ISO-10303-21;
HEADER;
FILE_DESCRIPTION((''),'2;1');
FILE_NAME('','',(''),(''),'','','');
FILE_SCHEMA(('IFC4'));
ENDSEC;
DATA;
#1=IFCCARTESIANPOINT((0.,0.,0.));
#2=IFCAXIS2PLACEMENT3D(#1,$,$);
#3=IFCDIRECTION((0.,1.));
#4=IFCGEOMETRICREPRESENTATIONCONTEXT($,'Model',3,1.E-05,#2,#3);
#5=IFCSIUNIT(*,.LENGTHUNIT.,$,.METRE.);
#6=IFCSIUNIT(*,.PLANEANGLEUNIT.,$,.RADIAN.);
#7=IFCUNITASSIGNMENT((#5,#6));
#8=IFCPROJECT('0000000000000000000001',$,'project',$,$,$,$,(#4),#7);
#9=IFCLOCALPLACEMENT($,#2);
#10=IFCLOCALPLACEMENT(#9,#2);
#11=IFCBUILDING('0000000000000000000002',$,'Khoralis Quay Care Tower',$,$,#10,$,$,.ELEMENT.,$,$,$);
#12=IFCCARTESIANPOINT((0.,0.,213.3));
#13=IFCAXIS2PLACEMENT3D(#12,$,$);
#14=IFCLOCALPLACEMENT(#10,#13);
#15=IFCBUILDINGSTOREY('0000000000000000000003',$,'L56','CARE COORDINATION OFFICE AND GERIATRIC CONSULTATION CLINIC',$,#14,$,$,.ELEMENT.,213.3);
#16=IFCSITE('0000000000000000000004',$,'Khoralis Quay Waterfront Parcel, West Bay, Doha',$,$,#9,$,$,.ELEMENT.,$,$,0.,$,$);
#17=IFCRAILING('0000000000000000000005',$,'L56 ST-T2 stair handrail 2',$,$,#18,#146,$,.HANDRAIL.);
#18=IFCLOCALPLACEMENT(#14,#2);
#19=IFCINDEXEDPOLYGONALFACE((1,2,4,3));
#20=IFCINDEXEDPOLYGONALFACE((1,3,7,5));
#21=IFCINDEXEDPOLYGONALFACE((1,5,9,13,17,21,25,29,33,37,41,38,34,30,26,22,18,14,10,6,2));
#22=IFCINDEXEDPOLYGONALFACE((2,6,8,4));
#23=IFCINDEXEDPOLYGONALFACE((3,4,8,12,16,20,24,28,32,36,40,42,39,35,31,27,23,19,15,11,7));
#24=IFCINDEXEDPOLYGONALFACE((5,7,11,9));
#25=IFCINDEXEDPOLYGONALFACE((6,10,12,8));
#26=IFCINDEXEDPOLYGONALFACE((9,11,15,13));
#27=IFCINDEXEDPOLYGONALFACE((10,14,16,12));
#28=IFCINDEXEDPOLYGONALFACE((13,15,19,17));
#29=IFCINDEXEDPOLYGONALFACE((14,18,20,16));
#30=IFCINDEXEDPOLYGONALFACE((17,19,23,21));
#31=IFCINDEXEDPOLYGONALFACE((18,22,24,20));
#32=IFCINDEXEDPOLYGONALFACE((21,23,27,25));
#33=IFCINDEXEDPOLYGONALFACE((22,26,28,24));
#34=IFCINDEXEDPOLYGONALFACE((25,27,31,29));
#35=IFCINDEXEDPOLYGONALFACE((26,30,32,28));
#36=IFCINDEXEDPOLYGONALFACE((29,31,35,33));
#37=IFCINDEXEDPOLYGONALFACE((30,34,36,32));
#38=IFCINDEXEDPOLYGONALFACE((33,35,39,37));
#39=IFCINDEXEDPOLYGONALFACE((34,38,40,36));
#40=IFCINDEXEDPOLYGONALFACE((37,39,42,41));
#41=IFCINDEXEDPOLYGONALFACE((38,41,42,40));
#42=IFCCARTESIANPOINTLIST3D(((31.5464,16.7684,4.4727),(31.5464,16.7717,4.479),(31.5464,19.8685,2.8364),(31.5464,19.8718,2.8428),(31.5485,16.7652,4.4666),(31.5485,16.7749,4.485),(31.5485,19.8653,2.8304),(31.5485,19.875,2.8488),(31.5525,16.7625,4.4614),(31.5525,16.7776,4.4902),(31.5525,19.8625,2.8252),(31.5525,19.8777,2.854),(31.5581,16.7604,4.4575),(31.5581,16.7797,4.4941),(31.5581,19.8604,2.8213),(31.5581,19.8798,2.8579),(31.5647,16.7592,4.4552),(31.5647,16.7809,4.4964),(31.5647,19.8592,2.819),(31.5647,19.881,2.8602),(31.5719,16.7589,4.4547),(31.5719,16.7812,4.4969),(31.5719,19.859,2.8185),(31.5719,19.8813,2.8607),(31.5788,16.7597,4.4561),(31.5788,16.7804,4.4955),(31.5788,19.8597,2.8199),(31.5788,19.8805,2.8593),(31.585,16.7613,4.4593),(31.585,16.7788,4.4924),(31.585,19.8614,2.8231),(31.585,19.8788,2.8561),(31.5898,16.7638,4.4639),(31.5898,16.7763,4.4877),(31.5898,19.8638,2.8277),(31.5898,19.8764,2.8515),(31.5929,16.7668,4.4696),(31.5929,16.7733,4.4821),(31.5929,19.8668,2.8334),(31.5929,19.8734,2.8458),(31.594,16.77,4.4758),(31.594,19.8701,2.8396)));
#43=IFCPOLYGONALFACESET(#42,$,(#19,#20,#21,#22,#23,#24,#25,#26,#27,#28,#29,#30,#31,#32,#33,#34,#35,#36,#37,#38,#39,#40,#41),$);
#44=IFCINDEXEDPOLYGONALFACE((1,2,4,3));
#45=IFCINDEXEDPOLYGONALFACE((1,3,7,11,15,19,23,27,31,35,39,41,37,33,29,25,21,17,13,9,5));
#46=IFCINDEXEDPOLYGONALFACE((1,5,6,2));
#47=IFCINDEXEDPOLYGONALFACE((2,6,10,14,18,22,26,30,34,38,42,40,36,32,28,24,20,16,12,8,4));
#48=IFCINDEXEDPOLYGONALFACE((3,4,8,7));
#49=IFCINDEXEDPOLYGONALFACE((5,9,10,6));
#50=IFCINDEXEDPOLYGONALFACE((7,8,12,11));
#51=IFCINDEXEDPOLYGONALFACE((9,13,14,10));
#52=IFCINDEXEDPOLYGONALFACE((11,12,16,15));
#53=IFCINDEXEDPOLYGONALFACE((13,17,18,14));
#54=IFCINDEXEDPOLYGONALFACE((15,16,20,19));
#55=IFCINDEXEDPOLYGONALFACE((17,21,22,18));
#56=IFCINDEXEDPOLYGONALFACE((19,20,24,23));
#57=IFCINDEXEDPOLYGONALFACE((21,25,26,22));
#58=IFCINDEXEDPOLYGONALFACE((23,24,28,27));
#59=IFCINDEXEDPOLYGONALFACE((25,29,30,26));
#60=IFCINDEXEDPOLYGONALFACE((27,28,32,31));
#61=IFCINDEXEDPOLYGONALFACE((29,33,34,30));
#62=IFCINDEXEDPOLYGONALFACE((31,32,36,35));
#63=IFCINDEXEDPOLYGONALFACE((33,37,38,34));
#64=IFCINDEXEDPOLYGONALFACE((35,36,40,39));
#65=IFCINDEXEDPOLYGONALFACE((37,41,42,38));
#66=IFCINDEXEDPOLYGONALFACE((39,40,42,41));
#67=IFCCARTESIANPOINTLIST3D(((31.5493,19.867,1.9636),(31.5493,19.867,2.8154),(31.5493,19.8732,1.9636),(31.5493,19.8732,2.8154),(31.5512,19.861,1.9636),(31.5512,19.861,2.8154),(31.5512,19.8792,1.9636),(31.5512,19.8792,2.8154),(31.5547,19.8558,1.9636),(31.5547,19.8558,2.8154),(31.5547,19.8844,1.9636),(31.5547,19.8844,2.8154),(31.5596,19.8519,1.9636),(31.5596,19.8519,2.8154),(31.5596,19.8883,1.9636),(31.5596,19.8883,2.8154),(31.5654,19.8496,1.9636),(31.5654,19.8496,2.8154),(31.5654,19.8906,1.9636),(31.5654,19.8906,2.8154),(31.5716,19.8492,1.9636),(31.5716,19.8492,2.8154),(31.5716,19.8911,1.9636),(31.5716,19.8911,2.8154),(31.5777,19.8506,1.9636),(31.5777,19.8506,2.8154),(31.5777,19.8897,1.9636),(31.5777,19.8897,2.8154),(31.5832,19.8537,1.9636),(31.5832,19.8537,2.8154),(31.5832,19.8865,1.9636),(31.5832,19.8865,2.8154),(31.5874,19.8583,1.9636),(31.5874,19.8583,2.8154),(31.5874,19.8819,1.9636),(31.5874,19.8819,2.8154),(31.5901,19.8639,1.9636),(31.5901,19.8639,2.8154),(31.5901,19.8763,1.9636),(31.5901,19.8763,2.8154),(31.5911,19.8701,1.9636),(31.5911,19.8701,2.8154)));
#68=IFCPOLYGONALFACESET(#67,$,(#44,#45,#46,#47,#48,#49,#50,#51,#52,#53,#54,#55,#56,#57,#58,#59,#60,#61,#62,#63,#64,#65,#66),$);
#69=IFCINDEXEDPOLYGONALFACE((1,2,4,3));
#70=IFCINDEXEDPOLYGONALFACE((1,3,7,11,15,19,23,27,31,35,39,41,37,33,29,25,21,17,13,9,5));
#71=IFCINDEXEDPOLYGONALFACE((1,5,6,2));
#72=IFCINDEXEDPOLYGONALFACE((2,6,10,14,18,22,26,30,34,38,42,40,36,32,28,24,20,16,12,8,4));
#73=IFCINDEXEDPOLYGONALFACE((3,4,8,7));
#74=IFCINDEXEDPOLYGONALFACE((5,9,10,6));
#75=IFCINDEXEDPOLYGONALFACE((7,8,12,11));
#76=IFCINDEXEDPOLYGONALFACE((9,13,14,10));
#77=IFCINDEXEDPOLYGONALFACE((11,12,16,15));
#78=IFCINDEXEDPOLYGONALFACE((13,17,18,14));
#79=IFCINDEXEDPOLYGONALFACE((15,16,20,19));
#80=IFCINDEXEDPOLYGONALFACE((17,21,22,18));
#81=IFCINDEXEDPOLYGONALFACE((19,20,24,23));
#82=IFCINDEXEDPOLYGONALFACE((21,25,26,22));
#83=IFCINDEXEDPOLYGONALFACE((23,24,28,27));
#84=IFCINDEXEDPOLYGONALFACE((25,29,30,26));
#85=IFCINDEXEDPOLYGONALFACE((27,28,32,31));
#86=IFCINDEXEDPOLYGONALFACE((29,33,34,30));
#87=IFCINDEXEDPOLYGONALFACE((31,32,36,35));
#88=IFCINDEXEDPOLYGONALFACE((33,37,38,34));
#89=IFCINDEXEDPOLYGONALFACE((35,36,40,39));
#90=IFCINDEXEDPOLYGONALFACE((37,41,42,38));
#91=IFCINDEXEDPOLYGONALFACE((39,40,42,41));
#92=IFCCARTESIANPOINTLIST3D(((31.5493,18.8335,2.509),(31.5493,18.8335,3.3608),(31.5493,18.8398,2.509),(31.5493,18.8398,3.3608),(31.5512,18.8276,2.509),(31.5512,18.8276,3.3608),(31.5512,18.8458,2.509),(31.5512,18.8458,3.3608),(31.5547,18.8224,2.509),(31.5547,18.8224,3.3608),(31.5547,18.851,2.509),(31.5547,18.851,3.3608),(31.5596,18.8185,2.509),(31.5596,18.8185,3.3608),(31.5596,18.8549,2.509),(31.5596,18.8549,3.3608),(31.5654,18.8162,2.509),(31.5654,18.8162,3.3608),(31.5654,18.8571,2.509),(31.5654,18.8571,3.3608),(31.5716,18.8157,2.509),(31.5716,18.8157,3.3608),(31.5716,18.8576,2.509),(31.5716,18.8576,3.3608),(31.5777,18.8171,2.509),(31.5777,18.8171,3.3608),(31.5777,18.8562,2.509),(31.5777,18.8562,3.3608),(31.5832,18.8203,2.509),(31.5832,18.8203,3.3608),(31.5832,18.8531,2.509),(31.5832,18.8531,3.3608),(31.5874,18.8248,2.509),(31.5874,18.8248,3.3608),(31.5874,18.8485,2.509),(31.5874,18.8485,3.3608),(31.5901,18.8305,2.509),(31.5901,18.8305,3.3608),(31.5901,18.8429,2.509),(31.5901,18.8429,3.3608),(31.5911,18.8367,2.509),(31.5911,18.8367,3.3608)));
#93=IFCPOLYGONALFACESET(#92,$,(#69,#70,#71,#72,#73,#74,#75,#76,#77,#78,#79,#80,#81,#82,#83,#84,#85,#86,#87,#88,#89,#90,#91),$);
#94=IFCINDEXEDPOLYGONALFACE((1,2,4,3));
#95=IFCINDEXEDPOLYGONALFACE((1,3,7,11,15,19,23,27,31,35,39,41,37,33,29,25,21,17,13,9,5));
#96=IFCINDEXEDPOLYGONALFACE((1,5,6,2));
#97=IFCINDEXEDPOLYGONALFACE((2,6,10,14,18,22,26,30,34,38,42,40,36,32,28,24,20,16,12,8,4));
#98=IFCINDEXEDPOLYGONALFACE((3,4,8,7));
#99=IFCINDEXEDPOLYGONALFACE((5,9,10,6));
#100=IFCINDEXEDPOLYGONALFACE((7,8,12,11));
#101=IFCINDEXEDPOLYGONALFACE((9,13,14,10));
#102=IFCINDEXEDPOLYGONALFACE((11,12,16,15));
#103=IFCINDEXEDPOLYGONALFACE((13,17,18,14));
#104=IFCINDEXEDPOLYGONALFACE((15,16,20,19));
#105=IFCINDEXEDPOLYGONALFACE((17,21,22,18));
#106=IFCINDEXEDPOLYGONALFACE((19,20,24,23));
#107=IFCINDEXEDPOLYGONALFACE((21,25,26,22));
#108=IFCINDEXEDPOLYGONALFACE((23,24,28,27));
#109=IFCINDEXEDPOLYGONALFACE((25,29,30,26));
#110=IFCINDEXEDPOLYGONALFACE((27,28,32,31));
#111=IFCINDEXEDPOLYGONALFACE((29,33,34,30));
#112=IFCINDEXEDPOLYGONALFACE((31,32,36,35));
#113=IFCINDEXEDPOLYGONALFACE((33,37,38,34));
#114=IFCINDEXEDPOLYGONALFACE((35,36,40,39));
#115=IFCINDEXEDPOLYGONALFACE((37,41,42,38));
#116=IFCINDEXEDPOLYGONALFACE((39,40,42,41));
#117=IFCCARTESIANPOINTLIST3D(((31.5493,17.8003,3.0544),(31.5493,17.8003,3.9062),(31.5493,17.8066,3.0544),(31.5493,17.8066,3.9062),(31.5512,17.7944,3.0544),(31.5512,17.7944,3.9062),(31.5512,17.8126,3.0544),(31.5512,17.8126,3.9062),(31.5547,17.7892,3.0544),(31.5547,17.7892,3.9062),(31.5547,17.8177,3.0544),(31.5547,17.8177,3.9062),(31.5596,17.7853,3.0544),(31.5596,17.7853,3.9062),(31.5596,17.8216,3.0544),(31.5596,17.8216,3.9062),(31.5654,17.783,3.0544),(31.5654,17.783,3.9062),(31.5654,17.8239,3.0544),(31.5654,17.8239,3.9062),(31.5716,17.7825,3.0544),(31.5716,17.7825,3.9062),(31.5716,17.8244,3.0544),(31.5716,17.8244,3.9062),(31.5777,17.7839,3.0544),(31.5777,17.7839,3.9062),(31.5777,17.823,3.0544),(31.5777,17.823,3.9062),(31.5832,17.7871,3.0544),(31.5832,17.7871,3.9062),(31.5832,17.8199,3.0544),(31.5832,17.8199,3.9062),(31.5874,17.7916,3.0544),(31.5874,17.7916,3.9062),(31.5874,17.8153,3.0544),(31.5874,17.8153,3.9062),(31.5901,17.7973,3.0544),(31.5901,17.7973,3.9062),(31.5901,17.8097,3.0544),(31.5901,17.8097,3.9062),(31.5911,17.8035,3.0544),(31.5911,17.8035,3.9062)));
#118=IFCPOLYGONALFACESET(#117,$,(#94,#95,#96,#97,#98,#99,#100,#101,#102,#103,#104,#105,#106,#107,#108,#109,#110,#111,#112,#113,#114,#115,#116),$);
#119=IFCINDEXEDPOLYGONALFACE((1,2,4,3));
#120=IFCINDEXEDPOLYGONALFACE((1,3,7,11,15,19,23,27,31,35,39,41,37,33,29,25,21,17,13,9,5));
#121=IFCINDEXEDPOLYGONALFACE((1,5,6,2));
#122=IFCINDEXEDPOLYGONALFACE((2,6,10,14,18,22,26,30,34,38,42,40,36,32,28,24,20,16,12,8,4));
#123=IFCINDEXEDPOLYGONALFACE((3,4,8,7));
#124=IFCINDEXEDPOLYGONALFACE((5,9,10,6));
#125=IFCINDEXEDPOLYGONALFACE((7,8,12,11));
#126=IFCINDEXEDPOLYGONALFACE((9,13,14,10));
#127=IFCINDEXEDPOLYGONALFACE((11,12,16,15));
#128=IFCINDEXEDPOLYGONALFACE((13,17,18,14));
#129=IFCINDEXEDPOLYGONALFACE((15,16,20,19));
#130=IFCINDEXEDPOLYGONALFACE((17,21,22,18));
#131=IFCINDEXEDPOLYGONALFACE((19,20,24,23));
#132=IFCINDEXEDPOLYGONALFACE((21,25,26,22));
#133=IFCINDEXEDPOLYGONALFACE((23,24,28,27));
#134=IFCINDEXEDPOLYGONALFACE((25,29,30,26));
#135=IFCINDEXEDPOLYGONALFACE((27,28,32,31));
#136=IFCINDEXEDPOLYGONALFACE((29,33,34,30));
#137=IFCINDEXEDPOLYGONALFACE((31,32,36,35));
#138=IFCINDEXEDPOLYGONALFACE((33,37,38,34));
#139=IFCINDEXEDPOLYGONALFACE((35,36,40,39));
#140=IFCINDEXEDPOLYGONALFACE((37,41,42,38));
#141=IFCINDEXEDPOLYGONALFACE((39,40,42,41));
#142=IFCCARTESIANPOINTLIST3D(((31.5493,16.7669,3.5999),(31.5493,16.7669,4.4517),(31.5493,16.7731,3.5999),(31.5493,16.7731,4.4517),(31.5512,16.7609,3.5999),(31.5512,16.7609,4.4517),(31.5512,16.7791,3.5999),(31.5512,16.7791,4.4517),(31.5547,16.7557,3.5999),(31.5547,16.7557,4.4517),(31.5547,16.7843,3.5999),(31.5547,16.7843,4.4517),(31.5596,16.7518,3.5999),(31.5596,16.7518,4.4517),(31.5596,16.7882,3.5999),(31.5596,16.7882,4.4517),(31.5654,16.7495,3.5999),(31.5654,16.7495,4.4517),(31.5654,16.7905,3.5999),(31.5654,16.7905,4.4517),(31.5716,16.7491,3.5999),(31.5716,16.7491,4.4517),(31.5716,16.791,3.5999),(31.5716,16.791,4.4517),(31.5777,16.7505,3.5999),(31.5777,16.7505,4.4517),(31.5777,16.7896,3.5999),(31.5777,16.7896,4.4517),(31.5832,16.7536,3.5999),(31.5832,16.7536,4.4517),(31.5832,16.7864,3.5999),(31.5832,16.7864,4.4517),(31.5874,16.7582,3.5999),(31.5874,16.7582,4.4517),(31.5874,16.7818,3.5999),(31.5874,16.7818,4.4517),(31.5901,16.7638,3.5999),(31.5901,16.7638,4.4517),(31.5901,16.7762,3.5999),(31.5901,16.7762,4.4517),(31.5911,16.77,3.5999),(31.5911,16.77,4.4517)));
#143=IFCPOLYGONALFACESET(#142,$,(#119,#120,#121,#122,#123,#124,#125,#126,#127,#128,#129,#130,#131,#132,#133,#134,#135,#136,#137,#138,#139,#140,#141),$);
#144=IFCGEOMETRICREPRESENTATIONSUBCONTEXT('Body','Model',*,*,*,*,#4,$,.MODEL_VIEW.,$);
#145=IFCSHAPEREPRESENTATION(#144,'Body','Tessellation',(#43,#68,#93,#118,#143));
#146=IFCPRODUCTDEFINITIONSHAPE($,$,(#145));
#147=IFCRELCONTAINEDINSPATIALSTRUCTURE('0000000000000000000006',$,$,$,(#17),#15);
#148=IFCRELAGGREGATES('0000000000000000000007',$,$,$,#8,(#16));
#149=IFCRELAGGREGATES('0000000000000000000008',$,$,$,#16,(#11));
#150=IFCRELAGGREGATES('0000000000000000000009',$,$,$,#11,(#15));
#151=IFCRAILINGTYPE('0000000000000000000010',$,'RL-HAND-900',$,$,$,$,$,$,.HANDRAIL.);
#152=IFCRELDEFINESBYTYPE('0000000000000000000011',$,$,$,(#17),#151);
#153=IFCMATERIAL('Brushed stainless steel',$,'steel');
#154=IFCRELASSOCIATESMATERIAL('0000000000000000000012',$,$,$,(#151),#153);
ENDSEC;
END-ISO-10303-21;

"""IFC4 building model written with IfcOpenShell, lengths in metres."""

from ifc_helpers import new_model, si_unit, direction, frame, origin, origin_2d, place, context, subcontext, project, spatial, circle, extrude, material, type_object, element, save


model = new_model("IFC4")

# Units and contexts
model_context = context("Model", 3, precision=1e-05, world=origin(), true_north=direction((0.0, 1.0)))
body_context = subcontext(model_context, "Body", "Model", "MODEL_VIEW")
ifc_project = project(units=[si_unit("LENGTHUNIT", "METRE"), si_unit("PLANEANGLEUNIT", "RADIAN")], contexts=[model_context])

# Site, building, storey
site_placement = place(None, origin())
site = spatial("IfcSite", under=ifc_project, at=site_placement, Name="Khoralis Quay Waterfront Parcel, West Bay, Doha", CompositionType="ELEMENT", RefElevation=0.0)
building_placement = place(site_placement, origin())
building = spatial("IfcBuilding", under=site, at=building_placement, Name="Khoralis Quay Care Tower", CompositionType="ELEMENT")
storey_placement = place(building_placement, frame((0.0, 0.0, 213.3)))
storey = spatial("IfcBuildingStorey", under=building, at=storey_placement, Name="L56", Description="CARE COORDINATION OFFICE AND GERIATRIC CONSULTATION CLINIC", CompositionType="ELEMENT", Elevation=213.3)

# Shared definitions
ifc_material_1 = material(Name="Brushed stainless steel", Category="steel")

# Railing
railing_type_1 = type_object("IfcRailingType", Name="RL-HAND-900", PredefinedType="HANDRAIL", material=ifc_material_1)
railing_1_placement = place(storey_placement, frame((31.5701, 19.8701, 1.9636)))
element("IfcRailing", 1, at=railing_1_placement, inside=storey, type_object=railing_type_1, Name="L56 ST-T2 stair handrail 2", PredefinedType="HANDRAIL", context=body_context, shape_type="SweptSolid", body=[
    extrude(circle(Radius=0.0239, at=origin_2d()), frame((0.0, 0.0, 0.876), z_axis=(0.0, -0.884377, 0.466774), x_axis=(1.0, 0.0, 0.0)), (0.0, 0.0, 1.0), 3.5054),
    extrude(circle(Radius=0.021, at=origin_2d()), origin(), (0.0, 0.0, 1.0), 0.8518),
    extrude(circle(Radius=0.021, at=origin_2d()), frame((0.0, -1.0334, 0.5454)), (0.0, 0.0, 1.0), 0.8518),
    extrude(circle(Radius=0.021, at=origin_2d()), frame((0.0, -2.0667, 1.0908)), (0.0, 0.0, 1.0), 0.8518),
    extrude(circle(Radius=0.021, at=origin_2d()), frame((0.0, -3.1001, 1.6362)), (0.0, 0.0, 1.0), 0.8518),
])

save(model, "model.ifc")
